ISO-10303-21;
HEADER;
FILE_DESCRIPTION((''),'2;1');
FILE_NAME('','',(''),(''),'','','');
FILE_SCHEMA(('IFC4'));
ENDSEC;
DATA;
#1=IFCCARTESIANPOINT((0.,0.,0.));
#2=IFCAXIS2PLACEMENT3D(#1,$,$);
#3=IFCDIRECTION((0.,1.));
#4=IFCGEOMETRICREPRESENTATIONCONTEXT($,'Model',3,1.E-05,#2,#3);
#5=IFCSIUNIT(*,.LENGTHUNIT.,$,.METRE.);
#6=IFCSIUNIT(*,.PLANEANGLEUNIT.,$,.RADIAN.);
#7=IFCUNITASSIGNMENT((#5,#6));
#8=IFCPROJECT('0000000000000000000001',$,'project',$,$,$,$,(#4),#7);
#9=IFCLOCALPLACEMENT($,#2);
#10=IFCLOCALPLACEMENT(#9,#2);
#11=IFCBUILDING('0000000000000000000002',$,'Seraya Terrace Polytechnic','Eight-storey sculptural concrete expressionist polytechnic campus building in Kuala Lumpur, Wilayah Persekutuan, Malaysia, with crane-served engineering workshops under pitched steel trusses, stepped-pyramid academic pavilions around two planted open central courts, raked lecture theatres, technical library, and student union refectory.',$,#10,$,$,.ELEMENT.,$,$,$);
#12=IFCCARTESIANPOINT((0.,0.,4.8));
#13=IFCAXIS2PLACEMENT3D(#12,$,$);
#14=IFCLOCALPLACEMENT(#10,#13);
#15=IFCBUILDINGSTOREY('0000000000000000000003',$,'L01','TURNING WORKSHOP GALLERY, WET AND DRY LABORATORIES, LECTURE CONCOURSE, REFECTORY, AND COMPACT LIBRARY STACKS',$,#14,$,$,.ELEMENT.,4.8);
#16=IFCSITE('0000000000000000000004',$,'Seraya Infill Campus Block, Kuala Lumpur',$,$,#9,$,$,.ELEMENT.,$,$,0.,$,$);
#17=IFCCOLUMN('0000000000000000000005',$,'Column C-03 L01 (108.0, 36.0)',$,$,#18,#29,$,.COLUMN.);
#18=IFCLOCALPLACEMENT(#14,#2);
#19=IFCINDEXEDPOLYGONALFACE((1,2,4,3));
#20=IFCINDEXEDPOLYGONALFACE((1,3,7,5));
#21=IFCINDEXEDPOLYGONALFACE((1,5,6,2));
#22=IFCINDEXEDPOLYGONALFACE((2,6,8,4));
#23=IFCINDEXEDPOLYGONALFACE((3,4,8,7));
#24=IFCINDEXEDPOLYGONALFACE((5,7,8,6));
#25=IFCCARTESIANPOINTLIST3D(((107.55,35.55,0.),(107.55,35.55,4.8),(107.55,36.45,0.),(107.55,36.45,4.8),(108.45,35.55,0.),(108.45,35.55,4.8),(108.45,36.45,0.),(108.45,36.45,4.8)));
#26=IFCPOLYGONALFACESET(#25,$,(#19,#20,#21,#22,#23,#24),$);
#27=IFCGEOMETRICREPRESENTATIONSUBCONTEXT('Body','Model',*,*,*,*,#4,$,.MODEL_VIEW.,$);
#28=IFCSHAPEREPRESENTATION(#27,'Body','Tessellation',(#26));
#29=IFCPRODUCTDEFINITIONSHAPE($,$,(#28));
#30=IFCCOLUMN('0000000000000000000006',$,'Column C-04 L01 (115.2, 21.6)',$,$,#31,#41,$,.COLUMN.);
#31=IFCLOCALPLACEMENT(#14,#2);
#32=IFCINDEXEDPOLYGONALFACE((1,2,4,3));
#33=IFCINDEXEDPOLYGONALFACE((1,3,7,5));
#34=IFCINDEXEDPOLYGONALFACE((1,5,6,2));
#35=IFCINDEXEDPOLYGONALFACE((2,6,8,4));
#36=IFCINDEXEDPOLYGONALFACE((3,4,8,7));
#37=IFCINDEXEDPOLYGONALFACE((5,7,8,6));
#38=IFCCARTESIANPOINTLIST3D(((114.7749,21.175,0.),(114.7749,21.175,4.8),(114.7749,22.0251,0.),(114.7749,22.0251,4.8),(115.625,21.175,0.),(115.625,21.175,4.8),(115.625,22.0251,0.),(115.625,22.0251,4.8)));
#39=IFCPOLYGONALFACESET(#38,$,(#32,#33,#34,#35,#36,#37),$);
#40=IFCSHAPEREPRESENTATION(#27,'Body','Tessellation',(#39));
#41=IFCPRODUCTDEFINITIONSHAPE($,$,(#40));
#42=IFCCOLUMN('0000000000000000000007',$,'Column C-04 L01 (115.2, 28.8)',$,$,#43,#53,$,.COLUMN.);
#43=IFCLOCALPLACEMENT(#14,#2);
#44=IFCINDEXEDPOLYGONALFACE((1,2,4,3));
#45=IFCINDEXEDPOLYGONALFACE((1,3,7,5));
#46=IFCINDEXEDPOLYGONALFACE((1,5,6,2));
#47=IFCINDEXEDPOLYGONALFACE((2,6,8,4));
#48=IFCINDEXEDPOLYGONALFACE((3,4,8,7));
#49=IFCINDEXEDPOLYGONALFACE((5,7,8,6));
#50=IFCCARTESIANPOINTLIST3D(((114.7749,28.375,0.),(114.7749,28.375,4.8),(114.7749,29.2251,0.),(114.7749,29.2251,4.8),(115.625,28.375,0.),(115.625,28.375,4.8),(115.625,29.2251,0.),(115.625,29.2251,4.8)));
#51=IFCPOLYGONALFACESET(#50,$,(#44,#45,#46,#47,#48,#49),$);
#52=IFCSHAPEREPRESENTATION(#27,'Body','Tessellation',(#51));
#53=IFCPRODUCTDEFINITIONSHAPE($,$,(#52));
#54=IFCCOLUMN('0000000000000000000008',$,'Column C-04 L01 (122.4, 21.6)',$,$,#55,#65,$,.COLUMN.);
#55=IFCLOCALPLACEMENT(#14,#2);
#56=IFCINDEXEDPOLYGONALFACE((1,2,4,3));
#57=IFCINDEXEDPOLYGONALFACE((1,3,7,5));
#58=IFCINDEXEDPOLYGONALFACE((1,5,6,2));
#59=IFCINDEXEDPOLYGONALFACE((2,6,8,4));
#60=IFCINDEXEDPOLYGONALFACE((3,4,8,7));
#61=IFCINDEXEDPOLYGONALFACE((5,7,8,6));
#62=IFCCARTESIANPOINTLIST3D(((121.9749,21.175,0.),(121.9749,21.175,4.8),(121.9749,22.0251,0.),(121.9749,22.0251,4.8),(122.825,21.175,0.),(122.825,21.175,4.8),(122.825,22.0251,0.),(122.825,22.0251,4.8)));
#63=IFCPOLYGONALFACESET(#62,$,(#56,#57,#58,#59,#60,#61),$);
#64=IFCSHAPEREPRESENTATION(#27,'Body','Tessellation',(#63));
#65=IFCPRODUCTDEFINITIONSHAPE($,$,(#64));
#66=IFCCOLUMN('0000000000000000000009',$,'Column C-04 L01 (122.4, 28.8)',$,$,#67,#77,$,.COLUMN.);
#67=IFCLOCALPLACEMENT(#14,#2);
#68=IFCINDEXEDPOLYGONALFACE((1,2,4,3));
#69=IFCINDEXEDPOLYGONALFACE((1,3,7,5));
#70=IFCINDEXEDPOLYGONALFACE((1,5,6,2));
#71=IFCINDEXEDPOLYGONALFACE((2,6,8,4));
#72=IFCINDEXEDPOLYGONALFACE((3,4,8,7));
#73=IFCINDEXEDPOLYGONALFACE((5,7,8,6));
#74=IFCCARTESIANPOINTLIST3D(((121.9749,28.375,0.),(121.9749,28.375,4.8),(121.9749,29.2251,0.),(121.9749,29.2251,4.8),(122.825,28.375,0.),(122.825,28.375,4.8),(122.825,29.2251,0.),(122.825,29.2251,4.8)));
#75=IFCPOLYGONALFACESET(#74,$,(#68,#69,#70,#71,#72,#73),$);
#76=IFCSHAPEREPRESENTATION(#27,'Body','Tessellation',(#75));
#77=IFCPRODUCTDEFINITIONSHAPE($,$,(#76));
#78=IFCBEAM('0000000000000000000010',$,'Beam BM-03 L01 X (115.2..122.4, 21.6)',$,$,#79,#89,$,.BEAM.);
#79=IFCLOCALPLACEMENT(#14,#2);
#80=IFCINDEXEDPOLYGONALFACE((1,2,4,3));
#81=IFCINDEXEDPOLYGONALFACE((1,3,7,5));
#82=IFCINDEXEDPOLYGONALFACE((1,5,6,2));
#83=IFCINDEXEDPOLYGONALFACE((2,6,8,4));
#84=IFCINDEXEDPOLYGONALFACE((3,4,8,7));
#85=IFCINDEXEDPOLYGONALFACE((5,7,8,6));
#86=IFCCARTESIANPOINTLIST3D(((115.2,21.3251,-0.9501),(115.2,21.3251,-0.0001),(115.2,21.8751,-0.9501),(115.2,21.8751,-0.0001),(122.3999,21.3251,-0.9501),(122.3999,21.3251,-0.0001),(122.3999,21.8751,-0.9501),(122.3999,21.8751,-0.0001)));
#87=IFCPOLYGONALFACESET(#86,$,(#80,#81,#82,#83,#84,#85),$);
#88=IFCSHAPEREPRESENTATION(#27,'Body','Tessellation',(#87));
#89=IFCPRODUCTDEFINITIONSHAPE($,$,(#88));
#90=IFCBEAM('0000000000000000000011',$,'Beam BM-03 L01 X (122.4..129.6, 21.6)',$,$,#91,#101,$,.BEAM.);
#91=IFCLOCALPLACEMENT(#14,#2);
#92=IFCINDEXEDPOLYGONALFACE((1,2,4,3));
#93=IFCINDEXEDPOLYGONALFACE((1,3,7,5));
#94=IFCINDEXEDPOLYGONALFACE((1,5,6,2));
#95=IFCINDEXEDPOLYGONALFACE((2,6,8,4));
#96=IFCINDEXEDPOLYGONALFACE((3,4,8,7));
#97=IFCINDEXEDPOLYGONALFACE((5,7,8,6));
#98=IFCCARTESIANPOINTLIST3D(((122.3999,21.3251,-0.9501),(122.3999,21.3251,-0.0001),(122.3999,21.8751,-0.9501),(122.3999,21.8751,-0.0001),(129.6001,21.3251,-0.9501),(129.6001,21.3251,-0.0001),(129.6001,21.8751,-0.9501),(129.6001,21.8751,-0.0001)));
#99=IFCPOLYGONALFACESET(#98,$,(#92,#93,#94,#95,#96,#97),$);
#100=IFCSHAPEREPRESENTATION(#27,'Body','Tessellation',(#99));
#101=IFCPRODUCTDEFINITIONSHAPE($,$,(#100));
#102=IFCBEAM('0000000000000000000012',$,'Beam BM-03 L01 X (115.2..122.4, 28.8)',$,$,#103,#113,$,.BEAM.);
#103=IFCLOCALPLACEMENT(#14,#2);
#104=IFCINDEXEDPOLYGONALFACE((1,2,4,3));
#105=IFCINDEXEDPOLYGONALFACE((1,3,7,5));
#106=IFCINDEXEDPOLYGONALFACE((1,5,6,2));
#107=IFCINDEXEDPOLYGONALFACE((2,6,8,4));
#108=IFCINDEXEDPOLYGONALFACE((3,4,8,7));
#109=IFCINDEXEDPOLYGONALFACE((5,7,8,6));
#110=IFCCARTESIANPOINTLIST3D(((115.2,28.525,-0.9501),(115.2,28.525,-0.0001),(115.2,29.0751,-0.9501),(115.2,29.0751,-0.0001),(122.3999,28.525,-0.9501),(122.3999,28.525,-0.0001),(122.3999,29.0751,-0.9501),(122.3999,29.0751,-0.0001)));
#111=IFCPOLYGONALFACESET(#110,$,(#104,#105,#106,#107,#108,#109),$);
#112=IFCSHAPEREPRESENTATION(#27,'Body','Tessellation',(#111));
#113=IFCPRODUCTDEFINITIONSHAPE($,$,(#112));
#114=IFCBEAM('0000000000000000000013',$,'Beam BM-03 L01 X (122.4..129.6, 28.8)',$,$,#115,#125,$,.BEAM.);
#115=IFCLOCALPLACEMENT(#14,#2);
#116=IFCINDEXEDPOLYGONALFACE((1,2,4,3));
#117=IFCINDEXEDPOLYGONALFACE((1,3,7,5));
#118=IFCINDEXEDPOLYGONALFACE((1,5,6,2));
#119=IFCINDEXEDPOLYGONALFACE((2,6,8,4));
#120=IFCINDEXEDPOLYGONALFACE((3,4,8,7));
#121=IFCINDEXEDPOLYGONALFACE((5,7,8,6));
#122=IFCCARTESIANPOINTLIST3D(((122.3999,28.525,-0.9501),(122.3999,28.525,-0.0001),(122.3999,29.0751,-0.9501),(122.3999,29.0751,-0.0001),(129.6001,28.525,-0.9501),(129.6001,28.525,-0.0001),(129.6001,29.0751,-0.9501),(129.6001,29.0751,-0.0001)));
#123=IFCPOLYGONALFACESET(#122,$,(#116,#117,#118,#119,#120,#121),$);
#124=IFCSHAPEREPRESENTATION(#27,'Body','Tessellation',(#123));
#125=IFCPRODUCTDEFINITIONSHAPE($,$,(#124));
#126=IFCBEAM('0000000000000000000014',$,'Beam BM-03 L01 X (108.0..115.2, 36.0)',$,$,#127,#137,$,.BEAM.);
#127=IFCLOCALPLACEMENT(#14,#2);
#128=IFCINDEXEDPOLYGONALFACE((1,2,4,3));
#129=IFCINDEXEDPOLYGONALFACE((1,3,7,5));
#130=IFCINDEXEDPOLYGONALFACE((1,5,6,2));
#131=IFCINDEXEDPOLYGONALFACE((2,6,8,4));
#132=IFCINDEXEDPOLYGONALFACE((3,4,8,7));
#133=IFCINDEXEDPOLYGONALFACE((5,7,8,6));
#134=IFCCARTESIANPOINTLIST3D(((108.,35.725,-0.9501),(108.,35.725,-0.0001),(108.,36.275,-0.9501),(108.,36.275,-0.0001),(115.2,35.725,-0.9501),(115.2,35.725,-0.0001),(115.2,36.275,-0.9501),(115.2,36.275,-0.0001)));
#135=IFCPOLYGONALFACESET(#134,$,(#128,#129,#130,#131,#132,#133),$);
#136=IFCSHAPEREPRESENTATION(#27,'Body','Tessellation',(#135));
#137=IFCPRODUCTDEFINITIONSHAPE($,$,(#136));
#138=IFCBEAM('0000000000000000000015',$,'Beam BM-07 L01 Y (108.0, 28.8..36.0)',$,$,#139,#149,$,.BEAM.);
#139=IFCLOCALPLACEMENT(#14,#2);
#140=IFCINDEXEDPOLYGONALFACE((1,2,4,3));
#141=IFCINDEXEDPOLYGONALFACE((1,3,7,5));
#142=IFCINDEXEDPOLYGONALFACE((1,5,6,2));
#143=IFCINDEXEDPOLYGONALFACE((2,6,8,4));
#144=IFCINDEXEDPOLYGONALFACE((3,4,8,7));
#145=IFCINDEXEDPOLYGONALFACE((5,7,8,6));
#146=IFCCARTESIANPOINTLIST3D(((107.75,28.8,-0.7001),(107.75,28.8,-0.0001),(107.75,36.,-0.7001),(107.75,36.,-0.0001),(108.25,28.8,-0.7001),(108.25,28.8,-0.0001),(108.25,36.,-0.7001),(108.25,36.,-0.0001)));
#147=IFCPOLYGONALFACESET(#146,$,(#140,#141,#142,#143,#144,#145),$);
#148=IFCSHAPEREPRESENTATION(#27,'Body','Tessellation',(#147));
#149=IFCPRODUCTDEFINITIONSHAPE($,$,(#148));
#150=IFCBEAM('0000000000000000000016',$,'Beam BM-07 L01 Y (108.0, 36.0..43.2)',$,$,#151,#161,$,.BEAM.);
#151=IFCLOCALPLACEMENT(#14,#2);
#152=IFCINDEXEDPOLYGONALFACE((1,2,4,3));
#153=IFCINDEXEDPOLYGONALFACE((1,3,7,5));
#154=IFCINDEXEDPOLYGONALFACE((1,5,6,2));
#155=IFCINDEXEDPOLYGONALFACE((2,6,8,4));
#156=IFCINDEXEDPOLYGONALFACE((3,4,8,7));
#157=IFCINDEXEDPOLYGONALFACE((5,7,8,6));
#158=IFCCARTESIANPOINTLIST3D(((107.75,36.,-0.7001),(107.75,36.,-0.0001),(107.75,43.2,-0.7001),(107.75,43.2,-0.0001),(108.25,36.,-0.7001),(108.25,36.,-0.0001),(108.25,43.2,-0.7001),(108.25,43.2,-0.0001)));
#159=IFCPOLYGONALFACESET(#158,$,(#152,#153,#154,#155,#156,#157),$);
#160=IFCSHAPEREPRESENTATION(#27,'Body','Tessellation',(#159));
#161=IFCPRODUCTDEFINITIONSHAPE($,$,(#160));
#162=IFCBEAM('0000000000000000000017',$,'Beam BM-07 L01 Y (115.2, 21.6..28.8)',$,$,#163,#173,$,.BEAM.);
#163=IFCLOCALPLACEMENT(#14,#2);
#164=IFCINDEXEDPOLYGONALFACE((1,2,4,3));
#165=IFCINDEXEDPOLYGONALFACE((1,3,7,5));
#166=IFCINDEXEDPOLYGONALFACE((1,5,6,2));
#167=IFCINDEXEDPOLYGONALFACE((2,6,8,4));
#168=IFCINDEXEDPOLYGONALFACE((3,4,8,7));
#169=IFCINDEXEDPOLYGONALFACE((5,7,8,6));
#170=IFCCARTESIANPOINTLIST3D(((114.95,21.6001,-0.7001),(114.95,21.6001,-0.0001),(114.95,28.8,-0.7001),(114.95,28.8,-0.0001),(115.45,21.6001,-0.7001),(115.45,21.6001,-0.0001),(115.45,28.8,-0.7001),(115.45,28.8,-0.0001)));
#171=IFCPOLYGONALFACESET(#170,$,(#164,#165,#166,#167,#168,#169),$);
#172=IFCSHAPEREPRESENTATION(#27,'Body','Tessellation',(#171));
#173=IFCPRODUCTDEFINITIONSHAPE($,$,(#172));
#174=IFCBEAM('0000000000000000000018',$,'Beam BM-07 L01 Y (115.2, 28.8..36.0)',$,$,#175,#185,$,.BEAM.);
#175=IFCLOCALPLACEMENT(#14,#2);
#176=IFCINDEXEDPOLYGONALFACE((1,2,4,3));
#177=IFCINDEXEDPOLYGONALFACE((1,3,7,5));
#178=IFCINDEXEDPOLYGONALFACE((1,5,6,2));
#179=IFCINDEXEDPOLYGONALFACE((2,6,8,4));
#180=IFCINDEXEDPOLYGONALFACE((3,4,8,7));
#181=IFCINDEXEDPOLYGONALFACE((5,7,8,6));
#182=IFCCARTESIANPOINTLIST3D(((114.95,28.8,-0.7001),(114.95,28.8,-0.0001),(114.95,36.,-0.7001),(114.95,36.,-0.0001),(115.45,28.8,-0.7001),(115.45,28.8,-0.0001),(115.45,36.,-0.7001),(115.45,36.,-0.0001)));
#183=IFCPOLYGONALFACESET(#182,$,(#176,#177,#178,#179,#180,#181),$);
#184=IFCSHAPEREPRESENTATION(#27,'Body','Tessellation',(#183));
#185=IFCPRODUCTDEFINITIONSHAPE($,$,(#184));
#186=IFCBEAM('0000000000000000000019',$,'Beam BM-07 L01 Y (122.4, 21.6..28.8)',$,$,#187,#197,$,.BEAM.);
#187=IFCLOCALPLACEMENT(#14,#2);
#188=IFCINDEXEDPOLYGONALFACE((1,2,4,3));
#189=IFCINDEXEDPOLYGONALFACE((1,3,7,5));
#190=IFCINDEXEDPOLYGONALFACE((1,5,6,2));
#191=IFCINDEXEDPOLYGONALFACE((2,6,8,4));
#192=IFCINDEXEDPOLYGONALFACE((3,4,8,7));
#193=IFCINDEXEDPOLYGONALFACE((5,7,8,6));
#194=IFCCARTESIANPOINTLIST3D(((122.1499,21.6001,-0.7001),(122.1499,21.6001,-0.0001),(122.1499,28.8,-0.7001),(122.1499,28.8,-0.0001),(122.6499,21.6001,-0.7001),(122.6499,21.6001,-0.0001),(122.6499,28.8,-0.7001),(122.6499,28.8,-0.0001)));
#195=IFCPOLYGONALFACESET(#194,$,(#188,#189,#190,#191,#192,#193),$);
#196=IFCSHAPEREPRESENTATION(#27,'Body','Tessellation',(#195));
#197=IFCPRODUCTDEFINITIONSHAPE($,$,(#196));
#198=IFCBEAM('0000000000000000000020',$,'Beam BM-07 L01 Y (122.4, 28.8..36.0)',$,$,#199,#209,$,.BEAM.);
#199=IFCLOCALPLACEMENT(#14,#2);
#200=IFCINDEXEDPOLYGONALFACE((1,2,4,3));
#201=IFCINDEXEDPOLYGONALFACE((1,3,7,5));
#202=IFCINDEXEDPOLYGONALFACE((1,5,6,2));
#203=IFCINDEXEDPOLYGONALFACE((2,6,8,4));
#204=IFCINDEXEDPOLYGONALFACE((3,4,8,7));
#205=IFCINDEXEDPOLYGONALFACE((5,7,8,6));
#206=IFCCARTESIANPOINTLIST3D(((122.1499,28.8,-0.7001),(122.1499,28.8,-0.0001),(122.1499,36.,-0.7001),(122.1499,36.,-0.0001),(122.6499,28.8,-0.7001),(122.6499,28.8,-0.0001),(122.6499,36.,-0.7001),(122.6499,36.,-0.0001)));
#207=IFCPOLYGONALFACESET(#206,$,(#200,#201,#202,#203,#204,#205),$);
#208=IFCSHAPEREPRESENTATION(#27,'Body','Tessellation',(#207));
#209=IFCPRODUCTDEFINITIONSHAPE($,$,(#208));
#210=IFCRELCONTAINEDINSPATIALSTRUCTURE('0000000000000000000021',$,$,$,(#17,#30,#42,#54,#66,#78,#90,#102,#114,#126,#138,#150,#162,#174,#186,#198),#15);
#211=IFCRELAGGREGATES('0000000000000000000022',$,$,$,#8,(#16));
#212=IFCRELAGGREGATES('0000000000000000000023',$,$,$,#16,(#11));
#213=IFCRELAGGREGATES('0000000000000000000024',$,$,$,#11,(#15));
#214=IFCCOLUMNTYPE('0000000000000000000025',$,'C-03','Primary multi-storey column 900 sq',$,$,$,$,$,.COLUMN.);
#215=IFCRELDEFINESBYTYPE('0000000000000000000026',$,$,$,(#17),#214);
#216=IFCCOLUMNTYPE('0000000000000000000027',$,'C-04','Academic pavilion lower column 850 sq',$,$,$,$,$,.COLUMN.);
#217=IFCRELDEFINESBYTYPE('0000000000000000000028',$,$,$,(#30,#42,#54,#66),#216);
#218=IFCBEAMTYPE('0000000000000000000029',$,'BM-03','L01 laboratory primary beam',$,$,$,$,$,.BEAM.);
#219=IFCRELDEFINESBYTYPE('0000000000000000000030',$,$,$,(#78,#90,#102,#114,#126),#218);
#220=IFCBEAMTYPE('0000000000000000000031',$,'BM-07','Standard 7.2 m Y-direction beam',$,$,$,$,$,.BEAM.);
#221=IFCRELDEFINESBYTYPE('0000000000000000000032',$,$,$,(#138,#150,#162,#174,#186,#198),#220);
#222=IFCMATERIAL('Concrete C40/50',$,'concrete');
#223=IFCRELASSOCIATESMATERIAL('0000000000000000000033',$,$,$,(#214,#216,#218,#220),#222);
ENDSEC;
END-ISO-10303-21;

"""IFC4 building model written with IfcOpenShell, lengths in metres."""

from ifc_helpers import new_model, si_unit, direction, frame, origin, origin_2d, place, context, subcontext, project, spatial, rectangle, extrude, material, material_profile, profile_set, type_object, element, save


model = new_model("IFC4")

# Units and contexts
model_context = context("Model", 3, precision=1e-05, world=origin(), true_north=direction((0.0, 1.0)))
body_context = subcontext(model_context, "Body", "Model", "MODEL_VIEW")
ifc_project = project(units=[si_unit("LENGTHUNIT", "METRE"), si_unit("PLANEANGLEUNIT", "RADIAN")], contexts=[model_context])

# Site, building, storey
site_placement = place(None, origin())
site = spatial("IfcSite", under=ifc_project, at=site_placement, Name="Seraya Infill Campus Block, Kuala Lumpur", CompositionType="ELEMENT", RefElevation=0.0)
building_placement = place(site_placement, origin())
building = spatial("IfcBuilding", under=site, at=building_placement, Name="Seraya Terrace Polytechnic", Description="Eight-storey sculptural concrete expressionist polytechnic campus building in Kuala Lumpur, Wilayah Persekutuan, Malaysia, with crane-served engineering workshops under pitched steel trusses, stepped-pyramid academic pavilions around two planted open central courts, raked lecture theatres, technical library, and student union refectory.", CompositionType="ELEMENT")
storey_placement = place(building_placement, frame((0.0, 0.0, 4.8)))
storey = spatial("IfcBuildingStorey", under=building, at=storey_placement, Name="L01", Description="TURNING WORKSHOP GALLERY, WET AND DRY LABORATORIES, LECTURE CONCOURSE, REFECTORY, AND COMPACT LIBRARY STACKS", CompositionType="ELEMENT", Elevation=4.8)

# Columns
ifc_material_1 = material(Name="Concrete C40/50", Category="concrete")
ifc_material_profile_1 = material_profile(ifc_material_1, rectangle(XDim=0.8999, YDim=0.8999, at=origin_2d()), Name="RC 900x900")
ifc_profile_set_1 = profile_set([ifc_material_profile_1], Name="Concrete C40/50")
column_type_1 = type_object("IfcColumnType", Name="C-03", Description="Primary multi-storey column 900 sq", PredefinedType="COLUMN", material=ifc_profile_set_1)
column_placement = place(storey_placement, frame((108.0, 36.0, 0.0), z_axis=(0.0, 0.0, 1.0), x_axis=(1.0, 0.0, 0.0)))
element("IfcColumn", 1, at=column_placement, inside=storey, type_object=column_type_1, Name="Column C-03 L01 (108.0, 36.0)", PredefinedType="COLUMN", context=body_context, shape_type="SweptSolid", body=[
    extrude(rectangle(XDim=0.8999, YDim=0.8999, at=origin_2d()), origin(), (0.0, 0.0, 1.0), 4.8),
])
ifc_material_profile_2 = material_profile(ifc_material_1, rectangle(XDim=0.8501, YDim=0.8501, at=origin_2d()), Name="RC 850x850")
ifc_profile_set_2 = profile_set([ifc_material_profile_2], Name="Concrete C40/50")
column_type_2 = type_object("IfcColumnType", Name="C-04", Description="Academic pavilion lower column 850 sq", PredefinedType="COLUMN", material=ifc_profile_set_2)
for number, where, z_axis, x_axis, name in (
    (2, (115.2, 21.6001, 0.0), (0.0, 0.0, 1.0), (1.0, 0.0, 0.0), "Column C-04 L01 (115.2, 21.6)"),
    (3, (115.2, 28.8, 0.0), (0.0, 0.0, 1.0), (1.0, 0.0, 0.0), "Column C-04 L01 (115.2, 28.8)"),
    (4, (122.3999, 21.6001, 0.0), (0.0, 0.0, 1.0), (1.0, 0.0, 0.0), "Column C-04 L01 (122.4, 21.6)"),
    (5, (122.3999, 28.8, 0.0), (0.0, 0.0, 1.0), (1.0, 0.0, 0.0), "Column C-04 L01 (122.4, 28.8)"),
):
    element("IfcColumn", number, at=place(storey_placement, frame(where, z_axis=z_axis, x_axis=x_axis)), inside=storey, type_object=column_type_2, Name=name, PredefinedType="COLUMN", context=body_context, shape_type="SweptSolid", body=[
        extrude(rectangle(XDim=0.8501, YDim=0.8501, at=origin_2d()), origin(), (0.0, 0.0, 1.0), 4.8),
    ])

# Beams
ifc_material_profile_3 = material_profile(ifc_material_1, rectangle(XDim=0.55, YDim=0.95, at=origin_2d()), Name="RC 550x950")
ifc_profile_set_3 = profile_set([ifc_material_profile_3], Name="Concrete C40/50")
beam_type_1 = type_object("IfcBeamType", Name="BM-03", Description="L01 laboratory primary beam", PredefinedType="BEAM", material=ifc_profile_set_3)
beam_1_placement = place(storey_placement, frame((115.2, 21.6001, -0.4751), z_axis=(1.0, 0.0, 0.0), x_axis=(0.0, 1.0, 0.0)))
element("IfcBeam", 6, at=beam_1_placement, inside=storey, type_object=beam_type_1, Name="Beam BM-03 L01 X (115.2..122.4, 21.6)", PredefinedType="BEAM", context=body_context, shape_type="SweptSolid", body=[
    extrude(rectangle(XDim=0.55, YDim=0.95, at=origin_2d()), origin(), (0.0, 0.0, 1.0), 7.2),
])
beam_2_placement = place(storey_placement, frame((122.3999, 21.6001, -0.4751), z_axis=(1.0, 0.0, 0.0), x_axis=(0.0, 1.0, 0.0)))
element("IfcBeam", 7, at=beam_2_placement, inside=storey, type_object=beam_type_1, Name="Beam BM-03 L01 X (122.4..129.6, 21.6)", PredefinedType="BEAM", context=body_context, shape_type="SweptSolid", body=[
    extrude(rectangle(XDim=0.55, YDim=0.95, at=origin_2d()), origin(), (0.0, 0.0, 1.0), 7.2002),
])
beam_3_placement = place(storey_placement, frame((115.2, 28.8, -0.4751), z_axis=(1.0, 0.0, 0.0), x_axis=(0.0, 1.0, 0.0)))
element("IfcBeam", 8, at=beam_3_placement, inside=storey, type_object=beam_type_1, Name="Beam BM-03 L01 X (115.2..122.4, 28.8)", PredefinedType="BEAM", context=body_context, shape_type="SweptSolid", body=[
    extrude(rectangle(XDim=0.55, YDim=0.95, at=origin_2d()), origin(), (0.0, 0.0, 1.0), 7.2),
])
beam_4_placement = place(storey_placement, frame((122.3999, 28.8, -0.4751), z_axis=(1.0, 0.0, 0.0), x_axis=(0.0, 1.0, 0.0)))
element("IfcBeam", 9, at=beam_4_placement, inside=storey, type_object=beam_type_1, Name="Beam BM-03 L01 X (122.4..129.6, 28.8)", PredefinedType="BEAM", context=body_context, shape_type="SweptSolid", body=[
    extrude(rectangle(XDim=0.55, YDim=0.95, at=origin_2d()), origin(), (0.0, 0.0, 1.0), 7.2002),
])
beam_5_placement = place(storey_placement, frame((108.0, 36.0, -0.4751), z_axis=(1.0, 0.0, 0.0), x_axis=(0.0, 1.0, 0.0)))
element("IfcBeam", 10, at=beam_5_placement, inside=storey, type_object=beam_type_1, Name="Beam BM-03 L01 X (108.0..115.2, 36.0)", PredefinedType="BEAM", context=body_context, shape_type="SweptSolid", body=[
    extrude(rectangle(XDim=0.55, YDim=0.95, at=origin_2d()), origin(), (0.0, 0.0, 1.0), 7.2),
])
ifc_material_profile_4 = material_profile(ifc_material_1, rectangle(XDim=0.5, YDim=0.7, at=origin_2d()), Name="RC 500x700")
ifc_profile_set_4 = profile_set([ifc_material_profile_4], Name="Concrete C40/50")
beam_type_2 = type_object("IfcBeamType", Name="BM-07", Description="Standard 7.2 m Y-direction beam", PredefinedType="BEAM", material=ifc_profile_set_4)
for number, where, z_axis, x_axis, name in (
    (11, (108.0, 28.8, -0.3501), (0.0, 1.0, 0.0), (-1.0, 0.0, 0.0), "Beam BM-07 L01 Y (108.0, 28.8..36.0)"),
    (12, (108.0, 36.0, -0.3501), (0.0, 1.0, 0.0), (-1.0, 0.0, 0.0), "Beam BM-07 L01 Y (108.0, 36.0..43.2)"),
    (13, (115.2, 21.6001, -0.3501), (0.0, 1.0, 0.0), (-1.0, 0.0, 0.0), "Beam BM-07 L01 Y (115.2, 21.6..28.8)"),
    (14, (115.2, 28.8, -0.3501), (0.0, 1.0, 0.0), (-1.0, 0.0, 0.0), "Beam BM-07 L01 Y (115.2, 28.8..36.0)"),
    (15, (122.3999, 21.6001, -0.3501), (0.0, 1.0, 0.0), (-1.0, 0.0, 0.0), "Beam BM-07 L01 Y (122.4, 21.6..28.8)"),
    (16, (122.3999, 28.8, -0.3501), (0.0, 1.0, 0.0), (-1.0, 0.0, 0.0), "Beam BM-07 L01 Y (122.4, 28.8..36.0)"),
):
    element("IfcBeam", number, at=place(storey_placement, frame(where, z_axis=z_axis, x_axis=x_axis)), inside=storey, type_object=beam_type_2, Name=name, PredefinedType="BEAM", context=body_context, shape_type="SweptSolid", body=[
        extrude(rectangle(XDim=0.5, YDim=0.7, at=origin_2d()), origin(), (0.0, 0.0, 1.0), 7.2),
    ])

save(model, "model.ifc")
